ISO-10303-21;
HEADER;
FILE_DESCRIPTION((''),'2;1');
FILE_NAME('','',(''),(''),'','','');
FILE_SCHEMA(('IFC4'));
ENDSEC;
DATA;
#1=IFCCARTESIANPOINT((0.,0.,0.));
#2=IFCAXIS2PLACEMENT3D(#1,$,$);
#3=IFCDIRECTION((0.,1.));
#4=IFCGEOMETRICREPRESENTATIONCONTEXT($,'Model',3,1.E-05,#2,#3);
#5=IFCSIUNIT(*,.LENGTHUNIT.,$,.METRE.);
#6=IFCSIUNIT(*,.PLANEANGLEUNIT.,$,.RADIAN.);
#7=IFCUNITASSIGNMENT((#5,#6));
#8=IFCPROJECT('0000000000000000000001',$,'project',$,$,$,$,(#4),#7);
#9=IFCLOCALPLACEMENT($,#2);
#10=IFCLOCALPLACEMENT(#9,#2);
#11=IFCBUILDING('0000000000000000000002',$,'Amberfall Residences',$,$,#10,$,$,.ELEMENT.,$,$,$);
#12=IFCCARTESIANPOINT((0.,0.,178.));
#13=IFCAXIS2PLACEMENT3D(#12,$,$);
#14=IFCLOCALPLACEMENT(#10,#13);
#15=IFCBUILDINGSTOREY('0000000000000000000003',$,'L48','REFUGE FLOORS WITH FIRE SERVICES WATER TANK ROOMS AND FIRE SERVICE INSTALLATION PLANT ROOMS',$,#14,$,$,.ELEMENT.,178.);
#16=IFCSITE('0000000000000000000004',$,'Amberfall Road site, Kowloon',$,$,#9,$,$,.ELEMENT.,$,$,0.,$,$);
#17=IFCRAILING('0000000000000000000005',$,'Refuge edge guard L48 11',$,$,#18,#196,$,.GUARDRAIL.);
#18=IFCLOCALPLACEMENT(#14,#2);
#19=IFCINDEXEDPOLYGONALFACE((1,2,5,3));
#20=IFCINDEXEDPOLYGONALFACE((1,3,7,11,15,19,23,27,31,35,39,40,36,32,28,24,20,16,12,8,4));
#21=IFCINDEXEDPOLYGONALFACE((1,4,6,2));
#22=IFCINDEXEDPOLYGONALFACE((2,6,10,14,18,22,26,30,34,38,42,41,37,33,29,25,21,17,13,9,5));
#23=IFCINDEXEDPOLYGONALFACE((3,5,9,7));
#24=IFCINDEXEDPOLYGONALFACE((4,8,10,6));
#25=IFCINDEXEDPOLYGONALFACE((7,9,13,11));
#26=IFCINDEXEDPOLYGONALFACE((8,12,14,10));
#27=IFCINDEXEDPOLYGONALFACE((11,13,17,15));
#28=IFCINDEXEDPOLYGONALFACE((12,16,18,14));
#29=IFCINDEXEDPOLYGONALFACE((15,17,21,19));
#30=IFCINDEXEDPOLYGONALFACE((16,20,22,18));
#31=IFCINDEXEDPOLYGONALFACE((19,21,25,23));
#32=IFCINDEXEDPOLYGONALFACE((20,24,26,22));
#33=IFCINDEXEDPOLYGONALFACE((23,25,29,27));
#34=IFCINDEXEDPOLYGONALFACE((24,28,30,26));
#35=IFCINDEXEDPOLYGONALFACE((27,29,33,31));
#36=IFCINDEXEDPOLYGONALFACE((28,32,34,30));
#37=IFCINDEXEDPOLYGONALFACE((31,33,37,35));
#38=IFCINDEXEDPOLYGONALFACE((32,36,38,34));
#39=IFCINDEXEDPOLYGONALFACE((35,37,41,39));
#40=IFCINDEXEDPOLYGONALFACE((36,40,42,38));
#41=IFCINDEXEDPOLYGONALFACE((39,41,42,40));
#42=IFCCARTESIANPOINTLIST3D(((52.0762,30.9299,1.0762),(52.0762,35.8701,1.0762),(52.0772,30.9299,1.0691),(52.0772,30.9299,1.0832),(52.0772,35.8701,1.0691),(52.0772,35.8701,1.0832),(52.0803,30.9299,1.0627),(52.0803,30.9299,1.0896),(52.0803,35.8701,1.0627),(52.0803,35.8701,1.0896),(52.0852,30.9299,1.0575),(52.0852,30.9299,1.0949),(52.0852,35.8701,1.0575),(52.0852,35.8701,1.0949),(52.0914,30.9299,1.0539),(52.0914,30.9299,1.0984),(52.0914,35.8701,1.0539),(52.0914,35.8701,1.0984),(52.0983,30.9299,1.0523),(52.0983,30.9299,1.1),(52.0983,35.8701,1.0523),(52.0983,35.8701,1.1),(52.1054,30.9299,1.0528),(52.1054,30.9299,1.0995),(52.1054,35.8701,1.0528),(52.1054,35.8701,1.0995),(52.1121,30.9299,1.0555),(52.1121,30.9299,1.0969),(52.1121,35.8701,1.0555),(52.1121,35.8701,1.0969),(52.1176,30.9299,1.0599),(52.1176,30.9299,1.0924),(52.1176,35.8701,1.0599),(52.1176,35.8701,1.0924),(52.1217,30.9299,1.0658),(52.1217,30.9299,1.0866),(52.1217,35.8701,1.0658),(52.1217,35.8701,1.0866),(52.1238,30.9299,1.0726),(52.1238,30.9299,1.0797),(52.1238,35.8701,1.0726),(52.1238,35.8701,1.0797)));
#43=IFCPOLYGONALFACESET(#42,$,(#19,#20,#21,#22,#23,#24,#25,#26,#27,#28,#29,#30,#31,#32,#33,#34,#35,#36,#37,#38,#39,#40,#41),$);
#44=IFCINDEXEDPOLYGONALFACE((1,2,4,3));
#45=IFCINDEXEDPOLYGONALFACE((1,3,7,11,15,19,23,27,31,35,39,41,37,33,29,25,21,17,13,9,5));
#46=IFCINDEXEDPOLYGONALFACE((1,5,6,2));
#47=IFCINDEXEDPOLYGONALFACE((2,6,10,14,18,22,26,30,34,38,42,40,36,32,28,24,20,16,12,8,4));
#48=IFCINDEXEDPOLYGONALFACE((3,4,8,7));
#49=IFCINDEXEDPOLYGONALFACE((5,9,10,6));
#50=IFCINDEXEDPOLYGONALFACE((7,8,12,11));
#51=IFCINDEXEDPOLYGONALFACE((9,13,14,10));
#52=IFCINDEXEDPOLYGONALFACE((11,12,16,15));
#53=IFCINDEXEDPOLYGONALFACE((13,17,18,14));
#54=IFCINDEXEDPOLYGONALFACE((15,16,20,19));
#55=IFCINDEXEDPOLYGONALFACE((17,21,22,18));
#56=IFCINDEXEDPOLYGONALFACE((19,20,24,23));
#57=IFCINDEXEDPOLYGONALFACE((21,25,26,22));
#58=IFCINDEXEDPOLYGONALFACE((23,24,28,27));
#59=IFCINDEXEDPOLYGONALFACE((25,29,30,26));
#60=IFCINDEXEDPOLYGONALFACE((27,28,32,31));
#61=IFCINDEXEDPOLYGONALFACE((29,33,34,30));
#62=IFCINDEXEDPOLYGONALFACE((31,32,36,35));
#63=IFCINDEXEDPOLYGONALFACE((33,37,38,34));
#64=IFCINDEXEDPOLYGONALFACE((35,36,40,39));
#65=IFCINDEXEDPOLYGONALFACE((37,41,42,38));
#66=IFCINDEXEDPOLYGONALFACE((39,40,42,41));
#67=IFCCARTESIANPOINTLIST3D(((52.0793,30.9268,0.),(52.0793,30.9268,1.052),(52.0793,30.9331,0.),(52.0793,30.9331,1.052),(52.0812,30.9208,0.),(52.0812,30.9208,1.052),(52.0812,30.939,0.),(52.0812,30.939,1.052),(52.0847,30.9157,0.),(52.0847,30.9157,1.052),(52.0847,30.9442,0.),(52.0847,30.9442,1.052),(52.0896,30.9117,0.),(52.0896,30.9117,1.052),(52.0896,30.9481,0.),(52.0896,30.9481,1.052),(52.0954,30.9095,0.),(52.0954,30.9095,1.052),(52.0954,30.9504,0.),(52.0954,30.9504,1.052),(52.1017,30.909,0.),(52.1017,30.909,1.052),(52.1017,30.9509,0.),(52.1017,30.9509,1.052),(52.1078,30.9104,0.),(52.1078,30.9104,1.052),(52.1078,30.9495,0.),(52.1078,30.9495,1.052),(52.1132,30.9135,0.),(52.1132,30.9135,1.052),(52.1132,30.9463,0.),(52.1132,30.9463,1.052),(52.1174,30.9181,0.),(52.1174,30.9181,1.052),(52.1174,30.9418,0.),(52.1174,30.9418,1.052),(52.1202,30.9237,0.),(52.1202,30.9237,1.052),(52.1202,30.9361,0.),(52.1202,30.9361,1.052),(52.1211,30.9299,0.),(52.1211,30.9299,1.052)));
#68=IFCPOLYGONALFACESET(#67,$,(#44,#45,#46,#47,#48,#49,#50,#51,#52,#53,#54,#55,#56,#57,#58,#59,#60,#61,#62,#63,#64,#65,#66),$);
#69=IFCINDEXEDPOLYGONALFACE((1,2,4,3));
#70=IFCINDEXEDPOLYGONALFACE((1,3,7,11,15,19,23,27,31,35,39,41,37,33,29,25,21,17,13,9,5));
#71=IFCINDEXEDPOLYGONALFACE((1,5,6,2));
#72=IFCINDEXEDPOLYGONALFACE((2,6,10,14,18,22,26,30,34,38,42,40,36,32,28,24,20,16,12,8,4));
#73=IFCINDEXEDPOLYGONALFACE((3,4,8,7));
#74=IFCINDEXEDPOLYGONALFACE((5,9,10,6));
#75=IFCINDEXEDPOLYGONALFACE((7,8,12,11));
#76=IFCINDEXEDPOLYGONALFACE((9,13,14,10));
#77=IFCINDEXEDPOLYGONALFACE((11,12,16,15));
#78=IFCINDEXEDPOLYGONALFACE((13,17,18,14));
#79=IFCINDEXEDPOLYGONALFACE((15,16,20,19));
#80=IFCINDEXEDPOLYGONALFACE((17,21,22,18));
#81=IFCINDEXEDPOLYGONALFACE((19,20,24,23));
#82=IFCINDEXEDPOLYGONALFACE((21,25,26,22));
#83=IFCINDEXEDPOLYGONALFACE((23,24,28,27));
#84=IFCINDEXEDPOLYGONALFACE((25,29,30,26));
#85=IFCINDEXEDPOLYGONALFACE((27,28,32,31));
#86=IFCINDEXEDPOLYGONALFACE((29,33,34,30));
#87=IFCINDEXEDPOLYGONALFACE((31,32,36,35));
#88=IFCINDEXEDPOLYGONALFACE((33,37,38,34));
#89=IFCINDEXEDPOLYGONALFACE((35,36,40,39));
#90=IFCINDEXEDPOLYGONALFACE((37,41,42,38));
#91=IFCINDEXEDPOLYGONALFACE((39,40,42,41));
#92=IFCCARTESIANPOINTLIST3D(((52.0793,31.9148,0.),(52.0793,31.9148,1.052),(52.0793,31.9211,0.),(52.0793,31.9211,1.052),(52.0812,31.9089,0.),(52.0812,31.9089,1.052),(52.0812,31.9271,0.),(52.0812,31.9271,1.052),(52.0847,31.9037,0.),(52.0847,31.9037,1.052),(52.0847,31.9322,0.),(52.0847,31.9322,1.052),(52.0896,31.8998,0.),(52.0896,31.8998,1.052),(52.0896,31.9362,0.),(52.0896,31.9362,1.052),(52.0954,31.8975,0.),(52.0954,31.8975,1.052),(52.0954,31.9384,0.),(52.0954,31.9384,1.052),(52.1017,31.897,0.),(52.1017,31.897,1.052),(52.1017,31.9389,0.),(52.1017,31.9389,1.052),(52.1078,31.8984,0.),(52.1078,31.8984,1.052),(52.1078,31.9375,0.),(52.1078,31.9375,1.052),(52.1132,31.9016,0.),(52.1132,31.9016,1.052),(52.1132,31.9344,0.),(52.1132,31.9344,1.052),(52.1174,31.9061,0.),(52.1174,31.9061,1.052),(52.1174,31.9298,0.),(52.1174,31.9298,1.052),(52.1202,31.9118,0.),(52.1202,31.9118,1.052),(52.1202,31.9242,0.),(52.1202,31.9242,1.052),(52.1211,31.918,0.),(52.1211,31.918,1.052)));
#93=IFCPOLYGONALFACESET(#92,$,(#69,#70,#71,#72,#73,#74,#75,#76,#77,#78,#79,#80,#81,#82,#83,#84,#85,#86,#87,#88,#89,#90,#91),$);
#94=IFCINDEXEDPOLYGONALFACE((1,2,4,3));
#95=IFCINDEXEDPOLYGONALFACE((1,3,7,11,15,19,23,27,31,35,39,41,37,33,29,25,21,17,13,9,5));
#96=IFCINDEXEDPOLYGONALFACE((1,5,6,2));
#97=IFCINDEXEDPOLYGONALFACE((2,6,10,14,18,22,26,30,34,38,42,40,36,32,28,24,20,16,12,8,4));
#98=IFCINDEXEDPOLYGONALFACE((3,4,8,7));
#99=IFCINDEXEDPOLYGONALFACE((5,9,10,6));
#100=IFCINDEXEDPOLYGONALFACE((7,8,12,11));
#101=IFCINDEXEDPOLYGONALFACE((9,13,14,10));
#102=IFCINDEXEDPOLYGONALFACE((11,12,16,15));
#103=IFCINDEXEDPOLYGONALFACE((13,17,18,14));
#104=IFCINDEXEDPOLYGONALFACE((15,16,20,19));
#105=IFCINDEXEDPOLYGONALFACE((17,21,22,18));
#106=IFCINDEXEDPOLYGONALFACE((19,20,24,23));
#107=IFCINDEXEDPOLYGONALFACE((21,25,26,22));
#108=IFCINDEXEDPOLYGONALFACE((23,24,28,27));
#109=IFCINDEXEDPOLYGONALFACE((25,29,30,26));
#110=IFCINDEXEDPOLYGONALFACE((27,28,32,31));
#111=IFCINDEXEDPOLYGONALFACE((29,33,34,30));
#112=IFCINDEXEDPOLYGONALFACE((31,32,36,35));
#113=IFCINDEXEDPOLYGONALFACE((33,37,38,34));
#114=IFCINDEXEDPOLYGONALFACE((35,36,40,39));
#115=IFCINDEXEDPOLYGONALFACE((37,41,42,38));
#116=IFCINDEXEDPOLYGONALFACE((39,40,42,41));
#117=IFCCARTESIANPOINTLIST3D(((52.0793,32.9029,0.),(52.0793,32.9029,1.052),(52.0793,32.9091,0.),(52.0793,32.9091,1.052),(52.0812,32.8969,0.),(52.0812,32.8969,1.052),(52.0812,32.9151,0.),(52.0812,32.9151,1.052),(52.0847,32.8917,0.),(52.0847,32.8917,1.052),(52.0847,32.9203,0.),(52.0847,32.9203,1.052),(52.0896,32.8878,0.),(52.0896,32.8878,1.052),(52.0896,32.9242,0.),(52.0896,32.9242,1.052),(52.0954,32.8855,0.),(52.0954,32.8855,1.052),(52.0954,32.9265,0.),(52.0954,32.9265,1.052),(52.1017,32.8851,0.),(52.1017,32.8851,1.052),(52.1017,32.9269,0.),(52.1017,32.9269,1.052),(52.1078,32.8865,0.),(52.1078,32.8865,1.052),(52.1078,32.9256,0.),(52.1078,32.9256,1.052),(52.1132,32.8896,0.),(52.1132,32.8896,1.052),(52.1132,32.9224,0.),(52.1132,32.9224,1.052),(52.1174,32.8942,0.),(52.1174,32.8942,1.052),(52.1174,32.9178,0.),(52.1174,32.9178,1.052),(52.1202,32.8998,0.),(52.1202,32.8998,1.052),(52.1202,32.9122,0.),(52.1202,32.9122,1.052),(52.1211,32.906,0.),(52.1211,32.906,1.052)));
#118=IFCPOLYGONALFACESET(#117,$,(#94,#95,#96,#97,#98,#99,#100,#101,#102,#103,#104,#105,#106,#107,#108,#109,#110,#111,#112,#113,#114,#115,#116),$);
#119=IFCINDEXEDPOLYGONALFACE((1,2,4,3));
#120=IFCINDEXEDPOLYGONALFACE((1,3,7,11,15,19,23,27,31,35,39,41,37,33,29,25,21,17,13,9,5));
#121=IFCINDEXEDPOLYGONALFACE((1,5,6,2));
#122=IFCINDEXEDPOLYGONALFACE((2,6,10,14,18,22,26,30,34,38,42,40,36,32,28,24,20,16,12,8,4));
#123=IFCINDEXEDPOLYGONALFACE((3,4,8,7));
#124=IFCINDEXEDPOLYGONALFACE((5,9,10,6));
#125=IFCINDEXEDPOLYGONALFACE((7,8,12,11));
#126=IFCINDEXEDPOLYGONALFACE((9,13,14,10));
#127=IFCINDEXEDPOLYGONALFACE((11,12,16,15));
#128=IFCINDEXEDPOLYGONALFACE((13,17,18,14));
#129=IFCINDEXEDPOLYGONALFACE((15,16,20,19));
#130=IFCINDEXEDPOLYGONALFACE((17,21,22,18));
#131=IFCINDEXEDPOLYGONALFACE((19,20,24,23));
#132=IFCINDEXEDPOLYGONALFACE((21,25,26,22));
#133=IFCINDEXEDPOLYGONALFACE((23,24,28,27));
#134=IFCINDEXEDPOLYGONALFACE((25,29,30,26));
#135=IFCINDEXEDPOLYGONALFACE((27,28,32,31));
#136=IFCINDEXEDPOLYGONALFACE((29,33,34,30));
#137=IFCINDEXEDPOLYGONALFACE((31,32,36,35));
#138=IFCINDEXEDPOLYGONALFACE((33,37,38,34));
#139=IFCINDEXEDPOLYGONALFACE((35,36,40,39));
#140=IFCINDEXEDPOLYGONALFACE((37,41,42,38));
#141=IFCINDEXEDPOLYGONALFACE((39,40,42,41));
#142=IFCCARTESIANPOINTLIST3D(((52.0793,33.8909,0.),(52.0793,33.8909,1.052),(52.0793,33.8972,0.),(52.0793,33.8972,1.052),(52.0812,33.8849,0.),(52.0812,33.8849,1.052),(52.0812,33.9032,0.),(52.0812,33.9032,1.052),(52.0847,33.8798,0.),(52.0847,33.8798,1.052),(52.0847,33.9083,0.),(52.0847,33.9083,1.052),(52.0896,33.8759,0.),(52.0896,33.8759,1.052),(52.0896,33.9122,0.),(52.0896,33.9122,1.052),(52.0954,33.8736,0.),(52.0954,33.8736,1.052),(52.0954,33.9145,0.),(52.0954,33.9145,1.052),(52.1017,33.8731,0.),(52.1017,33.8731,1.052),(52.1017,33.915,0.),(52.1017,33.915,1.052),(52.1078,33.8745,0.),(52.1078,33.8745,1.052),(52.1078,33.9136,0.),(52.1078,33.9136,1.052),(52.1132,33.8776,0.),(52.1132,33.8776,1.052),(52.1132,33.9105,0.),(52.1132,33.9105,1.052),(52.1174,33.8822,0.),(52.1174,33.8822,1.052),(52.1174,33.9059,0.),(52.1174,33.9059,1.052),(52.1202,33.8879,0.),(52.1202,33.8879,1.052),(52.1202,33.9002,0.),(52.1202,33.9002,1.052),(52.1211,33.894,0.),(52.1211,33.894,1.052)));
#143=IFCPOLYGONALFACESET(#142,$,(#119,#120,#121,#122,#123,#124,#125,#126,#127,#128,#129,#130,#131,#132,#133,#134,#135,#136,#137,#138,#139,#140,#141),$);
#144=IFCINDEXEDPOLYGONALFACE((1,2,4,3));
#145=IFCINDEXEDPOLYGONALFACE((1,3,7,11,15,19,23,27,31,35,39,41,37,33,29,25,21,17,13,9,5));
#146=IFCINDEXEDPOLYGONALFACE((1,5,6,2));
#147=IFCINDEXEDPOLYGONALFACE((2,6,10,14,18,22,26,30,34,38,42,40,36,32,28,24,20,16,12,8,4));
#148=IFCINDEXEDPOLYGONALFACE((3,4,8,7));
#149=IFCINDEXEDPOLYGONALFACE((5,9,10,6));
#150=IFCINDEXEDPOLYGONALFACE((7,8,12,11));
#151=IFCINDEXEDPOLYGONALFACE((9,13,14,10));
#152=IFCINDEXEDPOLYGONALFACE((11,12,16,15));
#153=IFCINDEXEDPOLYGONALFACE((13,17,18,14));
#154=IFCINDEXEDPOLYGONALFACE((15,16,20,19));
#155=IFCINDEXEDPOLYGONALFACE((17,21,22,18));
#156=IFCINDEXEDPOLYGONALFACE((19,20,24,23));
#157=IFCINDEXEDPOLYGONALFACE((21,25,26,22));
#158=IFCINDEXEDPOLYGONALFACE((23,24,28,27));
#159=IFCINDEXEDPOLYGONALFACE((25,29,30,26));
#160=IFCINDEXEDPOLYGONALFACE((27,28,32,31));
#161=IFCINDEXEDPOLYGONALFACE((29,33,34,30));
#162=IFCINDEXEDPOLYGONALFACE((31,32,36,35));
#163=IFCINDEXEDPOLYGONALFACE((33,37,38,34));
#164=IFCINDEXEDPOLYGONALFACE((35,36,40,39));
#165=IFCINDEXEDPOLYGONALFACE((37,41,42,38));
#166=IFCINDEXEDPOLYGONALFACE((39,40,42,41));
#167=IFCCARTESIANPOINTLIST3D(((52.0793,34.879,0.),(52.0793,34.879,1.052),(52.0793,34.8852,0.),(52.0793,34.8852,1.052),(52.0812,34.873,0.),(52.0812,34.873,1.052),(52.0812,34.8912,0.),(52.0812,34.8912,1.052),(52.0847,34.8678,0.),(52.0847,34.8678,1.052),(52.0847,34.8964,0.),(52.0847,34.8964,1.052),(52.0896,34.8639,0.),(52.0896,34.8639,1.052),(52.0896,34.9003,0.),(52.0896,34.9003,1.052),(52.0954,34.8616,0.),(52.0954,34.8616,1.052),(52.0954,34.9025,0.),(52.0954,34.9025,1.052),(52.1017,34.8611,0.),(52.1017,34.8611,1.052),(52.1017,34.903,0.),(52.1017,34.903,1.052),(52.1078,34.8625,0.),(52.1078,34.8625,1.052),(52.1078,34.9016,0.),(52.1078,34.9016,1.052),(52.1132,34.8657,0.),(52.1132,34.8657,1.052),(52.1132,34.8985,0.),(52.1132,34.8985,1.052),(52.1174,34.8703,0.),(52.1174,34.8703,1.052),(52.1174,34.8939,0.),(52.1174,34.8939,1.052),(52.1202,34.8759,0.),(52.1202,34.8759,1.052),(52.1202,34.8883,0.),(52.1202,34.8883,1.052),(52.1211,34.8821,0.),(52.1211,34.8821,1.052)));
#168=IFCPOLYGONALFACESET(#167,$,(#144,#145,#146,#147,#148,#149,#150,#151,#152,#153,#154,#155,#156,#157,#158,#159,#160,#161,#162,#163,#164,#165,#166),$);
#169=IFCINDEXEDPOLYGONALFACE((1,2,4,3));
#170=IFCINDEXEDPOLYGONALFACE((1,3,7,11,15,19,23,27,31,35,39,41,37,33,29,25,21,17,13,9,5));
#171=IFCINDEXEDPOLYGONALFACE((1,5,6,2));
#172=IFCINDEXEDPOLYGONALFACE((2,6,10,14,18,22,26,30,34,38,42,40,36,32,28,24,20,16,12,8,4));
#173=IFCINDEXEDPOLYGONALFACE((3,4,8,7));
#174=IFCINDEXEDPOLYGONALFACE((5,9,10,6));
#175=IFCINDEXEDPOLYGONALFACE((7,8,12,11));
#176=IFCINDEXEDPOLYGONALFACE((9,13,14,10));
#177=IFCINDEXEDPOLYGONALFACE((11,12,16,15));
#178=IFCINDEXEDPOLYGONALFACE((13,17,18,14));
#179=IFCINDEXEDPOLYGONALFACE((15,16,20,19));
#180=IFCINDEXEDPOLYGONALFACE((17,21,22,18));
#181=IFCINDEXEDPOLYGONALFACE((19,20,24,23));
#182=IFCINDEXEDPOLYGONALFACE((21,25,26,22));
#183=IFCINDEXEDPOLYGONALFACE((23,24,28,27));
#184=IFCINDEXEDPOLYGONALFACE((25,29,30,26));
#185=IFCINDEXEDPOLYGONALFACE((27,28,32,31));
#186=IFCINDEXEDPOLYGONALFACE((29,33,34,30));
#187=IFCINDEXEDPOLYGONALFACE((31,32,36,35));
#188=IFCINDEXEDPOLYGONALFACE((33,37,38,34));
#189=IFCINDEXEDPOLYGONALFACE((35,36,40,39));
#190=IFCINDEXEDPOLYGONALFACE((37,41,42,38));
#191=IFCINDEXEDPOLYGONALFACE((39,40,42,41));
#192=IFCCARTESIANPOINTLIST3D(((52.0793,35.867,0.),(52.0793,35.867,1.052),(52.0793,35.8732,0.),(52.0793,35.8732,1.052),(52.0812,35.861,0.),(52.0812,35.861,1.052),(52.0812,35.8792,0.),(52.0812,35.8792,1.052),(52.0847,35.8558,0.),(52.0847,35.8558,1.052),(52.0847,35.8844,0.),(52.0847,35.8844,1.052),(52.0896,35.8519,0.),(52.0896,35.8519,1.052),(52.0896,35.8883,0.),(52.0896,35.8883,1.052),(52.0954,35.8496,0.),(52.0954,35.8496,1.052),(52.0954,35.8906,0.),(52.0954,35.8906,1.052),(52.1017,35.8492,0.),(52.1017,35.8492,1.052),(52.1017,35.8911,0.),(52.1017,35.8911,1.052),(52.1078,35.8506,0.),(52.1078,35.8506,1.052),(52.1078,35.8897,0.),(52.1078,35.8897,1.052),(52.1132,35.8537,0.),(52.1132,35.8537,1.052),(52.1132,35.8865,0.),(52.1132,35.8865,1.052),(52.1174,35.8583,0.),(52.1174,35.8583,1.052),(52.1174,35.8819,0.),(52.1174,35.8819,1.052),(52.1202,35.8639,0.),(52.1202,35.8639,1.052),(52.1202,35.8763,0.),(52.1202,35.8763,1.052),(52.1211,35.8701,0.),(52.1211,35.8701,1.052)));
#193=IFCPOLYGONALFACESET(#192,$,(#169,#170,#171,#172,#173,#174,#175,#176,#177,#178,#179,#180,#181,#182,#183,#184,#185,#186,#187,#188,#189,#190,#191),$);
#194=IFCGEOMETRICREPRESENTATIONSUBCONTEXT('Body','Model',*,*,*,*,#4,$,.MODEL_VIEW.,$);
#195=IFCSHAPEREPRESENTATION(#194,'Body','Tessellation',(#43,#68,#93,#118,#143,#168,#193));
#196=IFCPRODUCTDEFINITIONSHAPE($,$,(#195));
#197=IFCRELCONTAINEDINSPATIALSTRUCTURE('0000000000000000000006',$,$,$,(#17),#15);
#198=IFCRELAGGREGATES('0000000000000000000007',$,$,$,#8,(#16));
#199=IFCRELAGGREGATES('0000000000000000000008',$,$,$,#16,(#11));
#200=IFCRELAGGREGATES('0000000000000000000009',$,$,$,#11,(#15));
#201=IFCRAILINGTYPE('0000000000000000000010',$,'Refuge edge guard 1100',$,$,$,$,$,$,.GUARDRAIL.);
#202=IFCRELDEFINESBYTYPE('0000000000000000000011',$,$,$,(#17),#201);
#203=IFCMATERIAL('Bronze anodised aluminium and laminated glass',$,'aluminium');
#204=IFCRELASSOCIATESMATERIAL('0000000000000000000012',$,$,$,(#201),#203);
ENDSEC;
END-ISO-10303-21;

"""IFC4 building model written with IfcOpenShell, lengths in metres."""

from ifc_helpers import new_model, si_unit, direction, frame, origin, origin_2d, place, context, subcontext, project, spatial, circle, extrude, material, type_object, element, save


model = new_model("IFC4")

# Units and contexts
model_context = context("Model", 3, precision=1e-05, world=origin(), true_north=direction((0.0, 1.0)))
body_context = subcontext(model_context, "Body", "Model", "MODEL_VIEW")
ifc_project = project(units=[si_unit("LENGTHUNIT", "METRE"), si_unit("PLANEANGLEUNIT", "RADIAN")], contexts=[model_context])

# Site, building, storey
site_placement = place(None, origin())
site = spatial("IfcSite", under=ifc_project, at=site_placement, Name="Amberfall Road site, Kowloon", CompositionType="ELEMENT", RefElevation=0.0)
building_placement = place(site_placement, origin())
building = spatial("IfcBuilding", under=site, at=building_placement, Name="Amberfall Residences", CompositionType="ELEMENT")
storey_placement = place(building_placement, frame((0.0, 0.0, 178.0)))
storey = spatial("IfcBuildingStorey", under=building, at=storey_placement, Name="L48", Description="REFUGE FLOORS WITH FIRE SERVICES WATER TANK ROOMS AND FIRE SERVICE INSTALLATION PLANT ROOMS", CompositionType="ELEMENT", Elevation=178.0)

# Railing
ifc_material_1 = material(Name="Bronze anodised aluminium and laminated glass", Category="aluminium")
railing_type = type_object("IfcRailingType", Name="Refuge edge guard 1100", PredefinedType="GUARDRAIL", material=ifc_material_1)
for number, where, name in (
    (1, (52.1001, 30.9299, 0.0), "Refuge edge guard L48 11"),
):
    element("IfcRailing", number, at=place(storey_placement, frame(where)), inside=storey, type_object=railing_type, Name=name, PredefinedType="GUARDRAIL", context=body_context, shape_type="SweptSolid", body=[
        extrude(circle(Radius=0.0239, at=origin_2d()), frame((0.0, 0.0, 1.0762), z_axis=(0.0, 1.0, 0.0), x_axis=(-1.0, 0.0, 0.0)), (0.0, 0.0, 1.0), 4.9402),
        extrude(circle(Radius=0.021, at=origin_2d()), origin(), (0.0, 0.0, 1.0), 1.052),
        extrude(circle(Radius=0.021, at=origin_2d()), frame((0.0, 0.988, 0.0)), (0.0, 0.0, 1.0), 1.052),
        extrude(circle(Radius=0.021, at=origin_2d()), frame((0.0, 1.9761, 0.0)), (0.0, 0.0, 1.0), 1.052),
        extrude(circle(Radius=0.021, at=origin_2d()), frame((0.0, 2.9641, 0.0)), (0.0, 0.0, 1.0), 1.052),
        extrude(circle(Radius=0.021, at=origin_2d()), frame((0.0, 3.9521, 0.0)), (0.0, 0.0, 1.0), 1.052),
        extrude(circle(Radius=0.021, at=origin_2d()), frame((0.0, 4.9402, 0.0)), (0.0, 0.0, 1.0), 1.052),
    ])

save(model, "model.ifc")
